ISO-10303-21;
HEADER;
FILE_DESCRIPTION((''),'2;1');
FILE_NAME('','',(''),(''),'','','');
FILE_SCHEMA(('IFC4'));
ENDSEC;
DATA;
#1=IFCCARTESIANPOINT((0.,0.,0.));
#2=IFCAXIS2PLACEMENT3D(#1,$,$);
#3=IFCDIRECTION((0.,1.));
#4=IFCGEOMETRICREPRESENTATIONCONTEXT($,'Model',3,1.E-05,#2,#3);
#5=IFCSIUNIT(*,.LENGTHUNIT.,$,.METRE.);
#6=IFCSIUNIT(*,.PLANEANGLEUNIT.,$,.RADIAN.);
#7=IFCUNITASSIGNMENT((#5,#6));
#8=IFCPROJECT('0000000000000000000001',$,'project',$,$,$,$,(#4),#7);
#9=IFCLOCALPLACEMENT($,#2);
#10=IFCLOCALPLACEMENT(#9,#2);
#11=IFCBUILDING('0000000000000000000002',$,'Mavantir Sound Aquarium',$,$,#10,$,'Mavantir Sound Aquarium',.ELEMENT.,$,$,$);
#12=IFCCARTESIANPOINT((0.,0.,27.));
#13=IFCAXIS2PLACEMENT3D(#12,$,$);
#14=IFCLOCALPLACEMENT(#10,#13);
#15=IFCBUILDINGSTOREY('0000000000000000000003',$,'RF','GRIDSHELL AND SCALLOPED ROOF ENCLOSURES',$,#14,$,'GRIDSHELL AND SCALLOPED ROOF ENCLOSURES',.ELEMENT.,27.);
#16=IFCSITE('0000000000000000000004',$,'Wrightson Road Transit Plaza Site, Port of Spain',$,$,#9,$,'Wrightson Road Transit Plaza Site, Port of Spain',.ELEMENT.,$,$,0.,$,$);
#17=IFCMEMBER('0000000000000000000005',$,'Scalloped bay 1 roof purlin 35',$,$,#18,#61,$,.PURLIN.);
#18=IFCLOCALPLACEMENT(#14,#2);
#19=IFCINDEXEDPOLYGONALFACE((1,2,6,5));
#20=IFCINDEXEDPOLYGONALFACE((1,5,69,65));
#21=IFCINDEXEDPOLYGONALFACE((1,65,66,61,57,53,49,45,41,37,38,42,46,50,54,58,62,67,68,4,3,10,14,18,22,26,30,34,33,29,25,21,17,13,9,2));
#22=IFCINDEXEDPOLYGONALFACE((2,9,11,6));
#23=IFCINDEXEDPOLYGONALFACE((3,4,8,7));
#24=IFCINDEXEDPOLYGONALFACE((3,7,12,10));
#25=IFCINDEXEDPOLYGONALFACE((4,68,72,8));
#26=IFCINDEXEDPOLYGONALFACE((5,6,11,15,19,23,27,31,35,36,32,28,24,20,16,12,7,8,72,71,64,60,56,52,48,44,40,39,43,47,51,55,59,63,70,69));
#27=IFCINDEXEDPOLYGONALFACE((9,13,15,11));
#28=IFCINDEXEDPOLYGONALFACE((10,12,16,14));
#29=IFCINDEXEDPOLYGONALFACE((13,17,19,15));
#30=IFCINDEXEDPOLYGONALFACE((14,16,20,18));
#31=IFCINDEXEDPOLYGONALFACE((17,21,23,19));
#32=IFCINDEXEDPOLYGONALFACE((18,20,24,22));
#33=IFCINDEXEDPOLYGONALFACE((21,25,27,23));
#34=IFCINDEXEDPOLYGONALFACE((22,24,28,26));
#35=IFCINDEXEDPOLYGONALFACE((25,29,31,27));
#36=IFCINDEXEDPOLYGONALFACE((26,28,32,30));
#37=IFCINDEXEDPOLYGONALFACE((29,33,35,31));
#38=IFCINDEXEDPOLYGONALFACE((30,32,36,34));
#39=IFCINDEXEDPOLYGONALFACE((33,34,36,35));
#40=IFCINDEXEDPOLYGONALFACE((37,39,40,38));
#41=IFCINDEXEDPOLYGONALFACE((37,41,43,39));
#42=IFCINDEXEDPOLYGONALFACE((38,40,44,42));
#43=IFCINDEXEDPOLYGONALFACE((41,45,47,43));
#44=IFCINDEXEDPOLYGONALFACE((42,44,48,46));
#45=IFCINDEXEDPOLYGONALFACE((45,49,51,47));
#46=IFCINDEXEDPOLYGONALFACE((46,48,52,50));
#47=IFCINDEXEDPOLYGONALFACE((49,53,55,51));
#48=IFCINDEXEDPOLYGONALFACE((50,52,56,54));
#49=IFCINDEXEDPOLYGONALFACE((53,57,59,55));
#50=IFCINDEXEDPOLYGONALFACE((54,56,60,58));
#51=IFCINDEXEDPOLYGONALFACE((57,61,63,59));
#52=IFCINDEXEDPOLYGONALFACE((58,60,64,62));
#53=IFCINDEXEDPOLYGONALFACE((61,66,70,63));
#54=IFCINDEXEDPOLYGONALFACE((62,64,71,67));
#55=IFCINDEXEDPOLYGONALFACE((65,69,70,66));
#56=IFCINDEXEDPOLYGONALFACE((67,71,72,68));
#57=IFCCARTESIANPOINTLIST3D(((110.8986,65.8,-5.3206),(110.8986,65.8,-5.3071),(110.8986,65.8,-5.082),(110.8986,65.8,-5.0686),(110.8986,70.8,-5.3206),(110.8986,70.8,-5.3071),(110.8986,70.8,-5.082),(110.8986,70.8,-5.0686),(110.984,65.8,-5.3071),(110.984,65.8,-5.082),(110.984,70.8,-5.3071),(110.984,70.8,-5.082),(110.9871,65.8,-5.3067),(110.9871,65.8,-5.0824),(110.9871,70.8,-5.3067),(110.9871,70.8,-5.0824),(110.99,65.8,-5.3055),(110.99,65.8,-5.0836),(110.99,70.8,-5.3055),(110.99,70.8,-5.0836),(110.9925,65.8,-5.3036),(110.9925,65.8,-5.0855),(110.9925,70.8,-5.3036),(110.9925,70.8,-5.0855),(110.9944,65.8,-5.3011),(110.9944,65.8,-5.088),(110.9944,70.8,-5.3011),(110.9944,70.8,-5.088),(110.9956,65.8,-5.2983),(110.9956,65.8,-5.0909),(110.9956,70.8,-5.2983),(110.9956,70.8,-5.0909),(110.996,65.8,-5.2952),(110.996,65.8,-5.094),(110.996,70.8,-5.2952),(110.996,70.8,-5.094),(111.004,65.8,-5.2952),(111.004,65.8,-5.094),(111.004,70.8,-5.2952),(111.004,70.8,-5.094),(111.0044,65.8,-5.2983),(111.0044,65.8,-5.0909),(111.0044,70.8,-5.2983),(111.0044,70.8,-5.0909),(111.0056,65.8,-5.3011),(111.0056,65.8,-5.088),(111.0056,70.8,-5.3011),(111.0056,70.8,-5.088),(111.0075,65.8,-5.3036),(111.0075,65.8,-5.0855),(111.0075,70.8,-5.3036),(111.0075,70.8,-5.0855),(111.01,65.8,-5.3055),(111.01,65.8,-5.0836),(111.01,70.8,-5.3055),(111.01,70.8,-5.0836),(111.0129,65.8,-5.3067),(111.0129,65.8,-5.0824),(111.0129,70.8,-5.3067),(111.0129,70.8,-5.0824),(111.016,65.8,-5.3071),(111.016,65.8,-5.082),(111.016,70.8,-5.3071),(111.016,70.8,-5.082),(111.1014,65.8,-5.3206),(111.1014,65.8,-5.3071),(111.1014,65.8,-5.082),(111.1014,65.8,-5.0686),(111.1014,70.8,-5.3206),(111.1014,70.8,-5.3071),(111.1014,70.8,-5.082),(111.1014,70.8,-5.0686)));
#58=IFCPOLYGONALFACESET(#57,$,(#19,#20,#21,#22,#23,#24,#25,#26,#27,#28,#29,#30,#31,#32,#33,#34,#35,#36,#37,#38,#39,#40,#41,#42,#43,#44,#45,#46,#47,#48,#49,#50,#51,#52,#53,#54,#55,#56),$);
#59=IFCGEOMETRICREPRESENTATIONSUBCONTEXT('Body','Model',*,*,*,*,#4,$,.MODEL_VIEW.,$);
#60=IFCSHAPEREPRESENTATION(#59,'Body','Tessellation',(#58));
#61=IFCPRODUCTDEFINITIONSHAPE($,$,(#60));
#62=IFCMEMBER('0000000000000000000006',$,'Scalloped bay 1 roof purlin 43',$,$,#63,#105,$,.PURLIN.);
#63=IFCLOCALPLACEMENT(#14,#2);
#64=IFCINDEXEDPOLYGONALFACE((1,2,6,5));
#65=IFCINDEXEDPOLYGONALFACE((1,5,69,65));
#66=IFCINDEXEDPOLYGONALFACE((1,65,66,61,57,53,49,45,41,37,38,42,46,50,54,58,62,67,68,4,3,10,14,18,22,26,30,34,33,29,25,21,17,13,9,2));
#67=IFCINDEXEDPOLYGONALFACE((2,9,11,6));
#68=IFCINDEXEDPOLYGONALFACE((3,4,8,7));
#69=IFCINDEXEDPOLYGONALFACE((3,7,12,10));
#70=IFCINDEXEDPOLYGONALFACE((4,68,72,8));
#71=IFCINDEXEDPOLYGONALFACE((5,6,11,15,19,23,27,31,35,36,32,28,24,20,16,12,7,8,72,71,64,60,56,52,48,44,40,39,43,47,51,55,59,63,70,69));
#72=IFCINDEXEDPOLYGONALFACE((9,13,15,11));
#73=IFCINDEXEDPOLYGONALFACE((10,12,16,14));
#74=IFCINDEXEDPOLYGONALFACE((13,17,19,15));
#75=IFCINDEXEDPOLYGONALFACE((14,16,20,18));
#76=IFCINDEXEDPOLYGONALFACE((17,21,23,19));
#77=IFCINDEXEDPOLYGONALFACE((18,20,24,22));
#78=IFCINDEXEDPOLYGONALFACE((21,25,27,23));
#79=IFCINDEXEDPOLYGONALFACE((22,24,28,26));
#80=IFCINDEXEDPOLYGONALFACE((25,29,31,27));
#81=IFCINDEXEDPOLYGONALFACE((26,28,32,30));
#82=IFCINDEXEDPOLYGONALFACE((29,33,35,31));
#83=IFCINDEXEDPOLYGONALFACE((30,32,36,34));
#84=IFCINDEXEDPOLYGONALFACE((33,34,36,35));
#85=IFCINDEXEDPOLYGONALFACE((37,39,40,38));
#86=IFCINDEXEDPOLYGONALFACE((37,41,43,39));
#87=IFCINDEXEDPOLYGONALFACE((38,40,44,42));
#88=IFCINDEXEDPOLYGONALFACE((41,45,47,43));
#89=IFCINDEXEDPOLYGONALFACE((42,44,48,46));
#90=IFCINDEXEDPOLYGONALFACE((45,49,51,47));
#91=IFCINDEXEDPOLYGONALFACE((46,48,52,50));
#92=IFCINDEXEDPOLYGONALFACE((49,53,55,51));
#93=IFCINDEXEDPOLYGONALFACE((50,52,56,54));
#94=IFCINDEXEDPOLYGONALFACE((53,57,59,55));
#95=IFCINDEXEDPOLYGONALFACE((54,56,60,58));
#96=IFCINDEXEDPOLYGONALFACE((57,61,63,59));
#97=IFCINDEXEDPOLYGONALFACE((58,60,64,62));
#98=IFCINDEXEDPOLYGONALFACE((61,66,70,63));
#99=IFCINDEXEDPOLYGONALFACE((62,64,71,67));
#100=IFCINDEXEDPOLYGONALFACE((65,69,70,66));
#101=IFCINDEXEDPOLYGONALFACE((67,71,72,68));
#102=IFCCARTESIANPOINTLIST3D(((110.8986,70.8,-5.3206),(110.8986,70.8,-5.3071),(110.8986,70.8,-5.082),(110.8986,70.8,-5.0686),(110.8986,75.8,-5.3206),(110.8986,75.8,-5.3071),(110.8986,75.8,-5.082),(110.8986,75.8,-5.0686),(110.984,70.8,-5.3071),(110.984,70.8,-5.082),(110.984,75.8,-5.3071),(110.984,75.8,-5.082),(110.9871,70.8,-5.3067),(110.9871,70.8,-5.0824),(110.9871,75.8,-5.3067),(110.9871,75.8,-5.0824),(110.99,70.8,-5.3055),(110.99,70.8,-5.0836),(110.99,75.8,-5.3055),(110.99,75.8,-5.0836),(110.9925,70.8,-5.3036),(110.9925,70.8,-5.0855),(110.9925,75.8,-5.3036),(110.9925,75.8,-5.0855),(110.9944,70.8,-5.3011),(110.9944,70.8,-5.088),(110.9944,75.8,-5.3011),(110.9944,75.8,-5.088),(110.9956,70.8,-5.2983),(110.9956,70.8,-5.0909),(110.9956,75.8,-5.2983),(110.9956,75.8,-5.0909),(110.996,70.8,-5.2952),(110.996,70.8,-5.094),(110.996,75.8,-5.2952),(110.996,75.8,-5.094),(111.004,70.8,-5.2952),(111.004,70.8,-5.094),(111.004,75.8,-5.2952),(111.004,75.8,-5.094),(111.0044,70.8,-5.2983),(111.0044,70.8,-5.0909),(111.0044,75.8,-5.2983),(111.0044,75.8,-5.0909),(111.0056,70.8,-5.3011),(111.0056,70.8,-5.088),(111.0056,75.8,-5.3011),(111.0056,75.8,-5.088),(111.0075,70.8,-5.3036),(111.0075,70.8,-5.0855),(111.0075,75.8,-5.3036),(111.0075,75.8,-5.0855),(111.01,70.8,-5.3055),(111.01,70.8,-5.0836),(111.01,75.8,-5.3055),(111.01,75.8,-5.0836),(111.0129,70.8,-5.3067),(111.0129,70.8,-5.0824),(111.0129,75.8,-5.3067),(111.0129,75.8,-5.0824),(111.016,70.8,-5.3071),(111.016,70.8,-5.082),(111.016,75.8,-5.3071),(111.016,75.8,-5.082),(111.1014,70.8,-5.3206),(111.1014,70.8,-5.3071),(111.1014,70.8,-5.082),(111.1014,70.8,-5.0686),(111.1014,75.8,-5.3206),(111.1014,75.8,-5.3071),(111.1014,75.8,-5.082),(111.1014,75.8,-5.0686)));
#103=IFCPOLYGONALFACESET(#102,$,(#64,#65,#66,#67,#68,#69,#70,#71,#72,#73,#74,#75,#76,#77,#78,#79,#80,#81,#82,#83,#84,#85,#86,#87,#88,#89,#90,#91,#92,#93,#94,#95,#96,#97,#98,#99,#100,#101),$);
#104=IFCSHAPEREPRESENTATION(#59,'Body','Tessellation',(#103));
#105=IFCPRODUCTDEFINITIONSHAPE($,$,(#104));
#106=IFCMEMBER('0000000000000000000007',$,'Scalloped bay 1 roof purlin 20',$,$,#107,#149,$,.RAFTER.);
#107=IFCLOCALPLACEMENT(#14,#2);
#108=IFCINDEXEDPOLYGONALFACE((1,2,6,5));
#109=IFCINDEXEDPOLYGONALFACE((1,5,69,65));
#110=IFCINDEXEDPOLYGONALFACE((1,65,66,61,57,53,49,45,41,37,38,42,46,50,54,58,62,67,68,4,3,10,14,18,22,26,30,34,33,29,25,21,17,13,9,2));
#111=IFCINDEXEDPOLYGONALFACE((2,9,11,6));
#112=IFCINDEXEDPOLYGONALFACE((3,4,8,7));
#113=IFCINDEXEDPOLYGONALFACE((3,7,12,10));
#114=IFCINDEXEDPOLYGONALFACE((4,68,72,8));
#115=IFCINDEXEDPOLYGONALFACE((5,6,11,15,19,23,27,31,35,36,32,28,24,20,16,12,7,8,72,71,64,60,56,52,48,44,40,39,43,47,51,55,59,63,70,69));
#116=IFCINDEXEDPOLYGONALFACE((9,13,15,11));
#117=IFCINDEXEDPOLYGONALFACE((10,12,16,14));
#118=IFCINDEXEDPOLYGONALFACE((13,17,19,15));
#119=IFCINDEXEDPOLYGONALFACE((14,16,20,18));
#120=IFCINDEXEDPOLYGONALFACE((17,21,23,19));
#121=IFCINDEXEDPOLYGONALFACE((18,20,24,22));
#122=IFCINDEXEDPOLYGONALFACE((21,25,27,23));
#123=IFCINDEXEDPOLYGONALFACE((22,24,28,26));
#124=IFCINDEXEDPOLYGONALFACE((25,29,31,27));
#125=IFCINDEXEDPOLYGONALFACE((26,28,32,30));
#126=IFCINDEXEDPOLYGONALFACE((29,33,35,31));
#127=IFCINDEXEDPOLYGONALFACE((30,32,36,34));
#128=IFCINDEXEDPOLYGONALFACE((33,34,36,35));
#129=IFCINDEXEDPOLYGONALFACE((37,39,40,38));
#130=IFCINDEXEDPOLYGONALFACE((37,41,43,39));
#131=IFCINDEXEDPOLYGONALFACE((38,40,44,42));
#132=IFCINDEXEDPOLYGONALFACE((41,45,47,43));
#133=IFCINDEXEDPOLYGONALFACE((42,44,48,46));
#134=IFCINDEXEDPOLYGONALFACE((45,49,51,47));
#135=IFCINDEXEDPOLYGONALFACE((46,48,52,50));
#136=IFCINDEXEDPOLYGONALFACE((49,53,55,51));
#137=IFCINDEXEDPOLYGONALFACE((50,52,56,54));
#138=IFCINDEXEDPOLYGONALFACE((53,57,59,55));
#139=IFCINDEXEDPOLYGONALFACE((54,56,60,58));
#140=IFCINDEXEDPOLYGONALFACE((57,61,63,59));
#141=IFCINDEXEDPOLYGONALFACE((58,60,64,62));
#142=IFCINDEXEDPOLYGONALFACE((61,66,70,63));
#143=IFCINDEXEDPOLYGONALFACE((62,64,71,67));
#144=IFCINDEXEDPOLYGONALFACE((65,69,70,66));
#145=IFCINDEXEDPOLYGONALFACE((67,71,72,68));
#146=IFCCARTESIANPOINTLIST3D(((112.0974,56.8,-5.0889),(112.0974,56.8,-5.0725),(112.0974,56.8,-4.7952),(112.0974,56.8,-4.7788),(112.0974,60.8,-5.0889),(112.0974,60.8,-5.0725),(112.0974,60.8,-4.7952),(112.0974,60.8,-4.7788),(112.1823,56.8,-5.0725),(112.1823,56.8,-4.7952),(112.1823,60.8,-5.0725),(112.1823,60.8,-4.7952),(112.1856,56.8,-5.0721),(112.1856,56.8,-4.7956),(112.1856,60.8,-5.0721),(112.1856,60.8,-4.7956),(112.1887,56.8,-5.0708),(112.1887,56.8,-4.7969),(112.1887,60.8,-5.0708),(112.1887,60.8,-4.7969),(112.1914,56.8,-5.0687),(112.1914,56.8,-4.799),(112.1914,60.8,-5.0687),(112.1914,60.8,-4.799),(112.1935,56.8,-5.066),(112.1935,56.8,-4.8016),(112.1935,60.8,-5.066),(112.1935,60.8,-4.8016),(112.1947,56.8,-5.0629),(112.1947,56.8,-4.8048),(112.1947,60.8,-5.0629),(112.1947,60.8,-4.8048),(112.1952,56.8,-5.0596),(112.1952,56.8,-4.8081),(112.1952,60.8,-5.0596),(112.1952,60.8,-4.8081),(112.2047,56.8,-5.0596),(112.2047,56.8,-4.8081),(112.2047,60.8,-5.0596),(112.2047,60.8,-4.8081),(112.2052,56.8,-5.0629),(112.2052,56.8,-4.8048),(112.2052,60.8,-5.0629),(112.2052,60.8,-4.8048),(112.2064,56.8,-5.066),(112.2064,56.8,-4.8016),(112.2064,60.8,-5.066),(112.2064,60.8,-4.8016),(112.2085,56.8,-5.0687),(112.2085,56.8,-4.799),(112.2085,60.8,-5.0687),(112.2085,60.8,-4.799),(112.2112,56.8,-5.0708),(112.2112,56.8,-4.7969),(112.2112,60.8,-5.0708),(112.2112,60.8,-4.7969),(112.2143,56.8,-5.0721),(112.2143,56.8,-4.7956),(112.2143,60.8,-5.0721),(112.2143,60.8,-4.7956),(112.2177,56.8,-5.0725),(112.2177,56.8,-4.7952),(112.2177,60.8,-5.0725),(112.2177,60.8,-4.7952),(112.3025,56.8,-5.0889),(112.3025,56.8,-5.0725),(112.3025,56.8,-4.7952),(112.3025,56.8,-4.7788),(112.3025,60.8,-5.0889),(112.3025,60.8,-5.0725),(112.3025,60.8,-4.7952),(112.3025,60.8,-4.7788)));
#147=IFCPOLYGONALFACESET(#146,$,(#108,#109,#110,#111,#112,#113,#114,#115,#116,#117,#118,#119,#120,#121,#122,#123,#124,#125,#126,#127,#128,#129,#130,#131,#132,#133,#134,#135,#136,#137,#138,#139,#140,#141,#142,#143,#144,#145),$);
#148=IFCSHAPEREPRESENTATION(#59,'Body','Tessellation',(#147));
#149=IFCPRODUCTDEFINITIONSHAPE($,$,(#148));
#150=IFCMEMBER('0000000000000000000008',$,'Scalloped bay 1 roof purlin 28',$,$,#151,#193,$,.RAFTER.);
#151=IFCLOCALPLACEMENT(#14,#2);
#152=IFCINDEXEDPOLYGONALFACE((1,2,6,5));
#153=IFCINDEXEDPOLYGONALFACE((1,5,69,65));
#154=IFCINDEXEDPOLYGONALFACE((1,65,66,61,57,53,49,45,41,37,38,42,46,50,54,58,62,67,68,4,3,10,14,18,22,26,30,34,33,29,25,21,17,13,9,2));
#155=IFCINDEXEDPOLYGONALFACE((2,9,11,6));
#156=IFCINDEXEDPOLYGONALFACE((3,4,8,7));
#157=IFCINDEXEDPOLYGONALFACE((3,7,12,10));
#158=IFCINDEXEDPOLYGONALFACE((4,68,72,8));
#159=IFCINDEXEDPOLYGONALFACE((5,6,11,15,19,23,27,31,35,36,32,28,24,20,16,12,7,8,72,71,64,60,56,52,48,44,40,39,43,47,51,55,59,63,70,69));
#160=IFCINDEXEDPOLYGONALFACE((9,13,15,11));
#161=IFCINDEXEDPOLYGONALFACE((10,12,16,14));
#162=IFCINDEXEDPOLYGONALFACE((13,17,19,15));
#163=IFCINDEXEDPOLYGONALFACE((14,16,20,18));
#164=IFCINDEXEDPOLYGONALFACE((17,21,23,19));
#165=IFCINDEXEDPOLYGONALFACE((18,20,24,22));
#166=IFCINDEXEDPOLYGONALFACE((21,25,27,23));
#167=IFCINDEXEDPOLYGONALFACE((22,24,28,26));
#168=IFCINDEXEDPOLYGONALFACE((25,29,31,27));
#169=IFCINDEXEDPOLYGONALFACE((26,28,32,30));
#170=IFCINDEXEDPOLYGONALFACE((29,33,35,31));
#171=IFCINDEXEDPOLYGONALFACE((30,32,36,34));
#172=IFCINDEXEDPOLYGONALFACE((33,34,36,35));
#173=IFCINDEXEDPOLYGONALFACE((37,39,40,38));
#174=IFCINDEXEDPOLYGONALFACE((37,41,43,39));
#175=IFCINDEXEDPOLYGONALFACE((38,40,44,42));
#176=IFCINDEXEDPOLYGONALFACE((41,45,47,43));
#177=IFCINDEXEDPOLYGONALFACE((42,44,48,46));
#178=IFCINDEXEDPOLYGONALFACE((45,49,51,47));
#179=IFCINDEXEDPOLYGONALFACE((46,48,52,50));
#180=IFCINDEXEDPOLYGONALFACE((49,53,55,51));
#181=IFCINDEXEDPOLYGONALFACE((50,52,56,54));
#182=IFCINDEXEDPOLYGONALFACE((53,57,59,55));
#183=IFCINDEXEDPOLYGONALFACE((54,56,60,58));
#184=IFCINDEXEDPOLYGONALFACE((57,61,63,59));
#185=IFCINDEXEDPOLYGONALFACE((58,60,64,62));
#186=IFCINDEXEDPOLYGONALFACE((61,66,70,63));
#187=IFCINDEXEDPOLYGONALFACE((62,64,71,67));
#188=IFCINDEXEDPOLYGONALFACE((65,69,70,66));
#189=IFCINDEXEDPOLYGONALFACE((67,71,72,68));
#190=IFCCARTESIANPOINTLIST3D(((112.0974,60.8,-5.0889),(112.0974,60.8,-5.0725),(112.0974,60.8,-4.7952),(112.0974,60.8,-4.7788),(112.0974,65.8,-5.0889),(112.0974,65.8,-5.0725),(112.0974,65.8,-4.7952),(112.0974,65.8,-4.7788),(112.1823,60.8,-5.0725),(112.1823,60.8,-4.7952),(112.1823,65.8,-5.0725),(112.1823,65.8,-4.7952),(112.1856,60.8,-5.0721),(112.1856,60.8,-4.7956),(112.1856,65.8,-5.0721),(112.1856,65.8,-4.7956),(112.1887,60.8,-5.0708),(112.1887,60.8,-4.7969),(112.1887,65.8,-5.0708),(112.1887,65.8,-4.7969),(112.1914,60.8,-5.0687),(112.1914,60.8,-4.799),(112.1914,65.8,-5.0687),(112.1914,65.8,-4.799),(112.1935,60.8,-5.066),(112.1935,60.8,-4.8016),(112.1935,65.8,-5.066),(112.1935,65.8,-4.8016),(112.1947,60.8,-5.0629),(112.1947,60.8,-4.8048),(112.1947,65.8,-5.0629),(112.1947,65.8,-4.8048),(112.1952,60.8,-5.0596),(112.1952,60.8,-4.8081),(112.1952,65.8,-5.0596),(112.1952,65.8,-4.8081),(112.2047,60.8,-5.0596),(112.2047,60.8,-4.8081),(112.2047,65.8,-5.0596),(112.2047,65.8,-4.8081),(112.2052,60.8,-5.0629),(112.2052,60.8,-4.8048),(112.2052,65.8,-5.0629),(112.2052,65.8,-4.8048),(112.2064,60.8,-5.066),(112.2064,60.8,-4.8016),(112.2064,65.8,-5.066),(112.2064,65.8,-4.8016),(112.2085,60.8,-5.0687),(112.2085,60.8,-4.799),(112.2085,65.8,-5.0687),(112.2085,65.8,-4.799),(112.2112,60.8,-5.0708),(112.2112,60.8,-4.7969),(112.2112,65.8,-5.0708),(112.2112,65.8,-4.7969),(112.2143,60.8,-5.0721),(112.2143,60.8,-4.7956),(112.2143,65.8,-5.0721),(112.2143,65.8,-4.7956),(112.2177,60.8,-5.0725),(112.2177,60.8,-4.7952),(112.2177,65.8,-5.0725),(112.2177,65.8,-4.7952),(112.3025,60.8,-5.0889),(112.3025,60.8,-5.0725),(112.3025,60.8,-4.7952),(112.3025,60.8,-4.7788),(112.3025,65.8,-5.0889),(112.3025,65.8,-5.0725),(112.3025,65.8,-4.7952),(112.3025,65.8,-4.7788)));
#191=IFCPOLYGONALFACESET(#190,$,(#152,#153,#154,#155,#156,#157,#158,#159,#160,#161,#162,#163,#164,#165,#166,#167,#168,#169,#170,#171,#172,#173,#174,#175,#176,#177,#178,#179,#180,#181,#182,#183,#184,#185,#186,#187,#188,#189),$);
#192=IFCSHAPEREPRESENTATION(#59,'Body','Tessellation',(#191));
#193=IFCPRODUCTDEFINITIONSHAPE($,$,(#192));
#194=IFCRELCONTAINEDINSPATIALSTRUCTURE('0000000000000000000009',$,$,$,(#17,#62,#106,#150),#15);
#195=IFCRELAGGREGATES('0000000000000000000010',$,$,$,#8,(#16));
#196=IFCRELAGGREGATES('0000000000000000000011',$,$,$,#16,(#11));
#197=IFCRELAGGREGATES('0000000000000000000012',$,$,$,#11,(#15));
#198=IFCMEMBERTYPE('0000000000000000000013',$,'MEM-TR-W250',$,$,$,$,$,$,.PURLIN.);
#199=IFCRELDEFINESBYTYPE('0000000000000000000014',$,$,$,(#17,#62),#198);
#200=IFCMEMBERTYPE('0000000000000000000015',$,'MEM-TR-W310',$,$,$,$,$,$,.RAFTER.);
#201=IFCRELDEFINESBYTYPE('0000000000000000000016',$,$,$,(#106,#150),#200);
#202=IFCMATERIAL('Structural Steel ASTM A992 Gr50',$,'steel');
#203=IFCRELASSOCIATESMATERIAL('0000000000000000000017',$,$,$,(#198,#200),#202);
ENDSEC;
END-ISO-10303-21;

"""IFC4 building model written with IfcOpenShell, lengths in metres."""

from ifc_helpers import new_model, si_unit, direction, frame, origin, origin_2d, place, context, subcontext, project, spatial, i_section, extrude, material, material_profile, profile_set, type_object, element, save


model = new_model("IFC4")

# Units and contexts
model_context = context("Model", 3, precision=1e-05, world=origin(), true_north=direction((0.0, 1.0)))
body_context = subcontext(model_context, "Body", "Model", "MODEL_VIEW")
ifc_project = project(units=[si_unit("LENGTHUNIT", "METRE"), si_unit("PLANEANGLEUNIT", "RADIAN")], contexts=[model_context])

# Site, building, storey
site_placement = place(None, origin())
site = spatial("IfcSite", under=ifc_project, at=site_placement, Name="Wrightson Road Transit Plaza Site, Port of Spain", LongName="Wrightson Road Transit Plaza Site, Port of Spain", CompositionType="ELEMENT", RefElevation=0.0)
building_placement = place(site_placement, origin())
building = spatial("IfcBuilding", under=site, at=building_placement, Name="Mavantir Sound Aquarium", LongName="Mavantir Sound Aquarium", CompositionType="ELEMENT")
storey_placement = place(building_placement, frame((0.0, 0.0, 27.0)))
storey = spatial("IfcBuildingStorey", under=building, at=storey_placement, Name="RF", Description="GRIDSHELL AND SCALLOPED ROOF ENCLOSURES", LongName="GRIDSHELL AND SCALLOPED ROOF ENCLOSURES", CompositionType="ELEMENT", Elevation=27.0)

# Members
ifc_material_1 = material(Name="Structural Steel ASTM A992 Gr50", Category="steel")
ifc_material_profile_1 = material_profile(ifc_material_1, i_section(OverallWidth=0.2029, OverallDepth=0.252, WebThickness=0.0081, FlangeThickness=0.0134, FilletRadius=0.012, at=origin_2d()), Name="W250X58")
ifc_profile_set_1 = profile_set([ifc_material_profile_1], Name="Structural Steel ASTM A992 Gr50")
member_type_1 = type_object("IfcMemberType", Name="MEM-TR-W250", PredefinedType="PURLIN", material=ifc_profile_set_1)
for number, where, z_axis, x_axis, name in (
    (1, (111.0, 65.8, -5.1946), (0.0, 1.0, 0.0), (-1.0, 0.0, 0.0), "Scalloped bay 1 roof purlin 35"),
    (2, (111.0, 70.8, -5.1946), (0.0, 1.0, 0.0), (-1.0, 0.0, 0.0), "Scalloped bay 1 roof purlin 43"),
):
    element("IfcMember", number, at=place(storey_placement, frame(where, z_axis=z_axis, x_axis=x_axis)), inside=storey, type_object=member_type_1, Name=name, PredefinedType="PURLIN", context=body_context, shape_type="SweptSolid", body=[
        extrude(i_section(OverallWidth=0.2029, OverallDepth=0.252, WebThickness=0.0081, FlangeThickness=0.0134, FilletRadius=0.012, at=origin_2d()), origin(), (0.0, 0.0, 1.0), 5.0),
    ])
ifc_material_profile_2 = material_profile(ifc_material_1, i_section(OverallWidth=0.2051, OverallDepth=0.3101, WebThickness=0.0095, FlangeThickness=0.0164, FilletRadius=0.0129, at=origin_2d()), Name="W310X74")
ifc_profile_set_2 = profile_set([ifc_material_profile_2], Name="Structural Steel ASTM A992 Gr50")
member_type_2 = type_object("IfcMemberType", Name="MEM-TR-W310", PredefinedType="RAFTER", material=ifc_profile_set_2)
member_1_placement = place(storey_placement, frame((112.2, 56.8, -4.9338), z_axis=(0.0, 1.0, 0.0), x_axis=(-1.0, 0.0, 0.0)))
element("IfcMember", 3, at=member_1_placement, inside=storey, type_object=member_type_2, Name="Scalloped bay 1 roof purlin 20", PredefinedType="RAFTER", context=body_context, shape_type="SweptSolid", body=[
    extrude(i_section(OverallWidth=0.2051, OverallDepth=0.3101, WebThickness=0.0095, FlangeThickness=0.0164, FilletRadius=0.0129, at=origin_2d()), origin(), (0.0, 0.0, 1.0), 4.0),
])
for number, where, z_axis, x_axis, name in (
    (4, (112.2, 60.8, -4.9338), (0.0, 1.0, 0.0), (-1.0, 0.0, 0.0), "Scalloped bay 1 roof purlin 28"),
):
    element("IfcMember", number, at=place(storey_placement, frame(where, z_axis=z_axis, x_axis=x_axis)), inside=storey, type_object=member_type_2, Name=name, PredefinedType="RAFTER", context=body_context, shape_type="SweptSolid", body=[
        extrude(i_section(OverallWidth=0.2051, OverallDepth=0.3101, WebThickness=0.0095, FlangeThickness=0.0164, FilletRadius=0.0129, at=origin_2d()), origin(), (0.0, 0.0, 1.0), 5.0),
    ])

save(model, "model.ifc")
